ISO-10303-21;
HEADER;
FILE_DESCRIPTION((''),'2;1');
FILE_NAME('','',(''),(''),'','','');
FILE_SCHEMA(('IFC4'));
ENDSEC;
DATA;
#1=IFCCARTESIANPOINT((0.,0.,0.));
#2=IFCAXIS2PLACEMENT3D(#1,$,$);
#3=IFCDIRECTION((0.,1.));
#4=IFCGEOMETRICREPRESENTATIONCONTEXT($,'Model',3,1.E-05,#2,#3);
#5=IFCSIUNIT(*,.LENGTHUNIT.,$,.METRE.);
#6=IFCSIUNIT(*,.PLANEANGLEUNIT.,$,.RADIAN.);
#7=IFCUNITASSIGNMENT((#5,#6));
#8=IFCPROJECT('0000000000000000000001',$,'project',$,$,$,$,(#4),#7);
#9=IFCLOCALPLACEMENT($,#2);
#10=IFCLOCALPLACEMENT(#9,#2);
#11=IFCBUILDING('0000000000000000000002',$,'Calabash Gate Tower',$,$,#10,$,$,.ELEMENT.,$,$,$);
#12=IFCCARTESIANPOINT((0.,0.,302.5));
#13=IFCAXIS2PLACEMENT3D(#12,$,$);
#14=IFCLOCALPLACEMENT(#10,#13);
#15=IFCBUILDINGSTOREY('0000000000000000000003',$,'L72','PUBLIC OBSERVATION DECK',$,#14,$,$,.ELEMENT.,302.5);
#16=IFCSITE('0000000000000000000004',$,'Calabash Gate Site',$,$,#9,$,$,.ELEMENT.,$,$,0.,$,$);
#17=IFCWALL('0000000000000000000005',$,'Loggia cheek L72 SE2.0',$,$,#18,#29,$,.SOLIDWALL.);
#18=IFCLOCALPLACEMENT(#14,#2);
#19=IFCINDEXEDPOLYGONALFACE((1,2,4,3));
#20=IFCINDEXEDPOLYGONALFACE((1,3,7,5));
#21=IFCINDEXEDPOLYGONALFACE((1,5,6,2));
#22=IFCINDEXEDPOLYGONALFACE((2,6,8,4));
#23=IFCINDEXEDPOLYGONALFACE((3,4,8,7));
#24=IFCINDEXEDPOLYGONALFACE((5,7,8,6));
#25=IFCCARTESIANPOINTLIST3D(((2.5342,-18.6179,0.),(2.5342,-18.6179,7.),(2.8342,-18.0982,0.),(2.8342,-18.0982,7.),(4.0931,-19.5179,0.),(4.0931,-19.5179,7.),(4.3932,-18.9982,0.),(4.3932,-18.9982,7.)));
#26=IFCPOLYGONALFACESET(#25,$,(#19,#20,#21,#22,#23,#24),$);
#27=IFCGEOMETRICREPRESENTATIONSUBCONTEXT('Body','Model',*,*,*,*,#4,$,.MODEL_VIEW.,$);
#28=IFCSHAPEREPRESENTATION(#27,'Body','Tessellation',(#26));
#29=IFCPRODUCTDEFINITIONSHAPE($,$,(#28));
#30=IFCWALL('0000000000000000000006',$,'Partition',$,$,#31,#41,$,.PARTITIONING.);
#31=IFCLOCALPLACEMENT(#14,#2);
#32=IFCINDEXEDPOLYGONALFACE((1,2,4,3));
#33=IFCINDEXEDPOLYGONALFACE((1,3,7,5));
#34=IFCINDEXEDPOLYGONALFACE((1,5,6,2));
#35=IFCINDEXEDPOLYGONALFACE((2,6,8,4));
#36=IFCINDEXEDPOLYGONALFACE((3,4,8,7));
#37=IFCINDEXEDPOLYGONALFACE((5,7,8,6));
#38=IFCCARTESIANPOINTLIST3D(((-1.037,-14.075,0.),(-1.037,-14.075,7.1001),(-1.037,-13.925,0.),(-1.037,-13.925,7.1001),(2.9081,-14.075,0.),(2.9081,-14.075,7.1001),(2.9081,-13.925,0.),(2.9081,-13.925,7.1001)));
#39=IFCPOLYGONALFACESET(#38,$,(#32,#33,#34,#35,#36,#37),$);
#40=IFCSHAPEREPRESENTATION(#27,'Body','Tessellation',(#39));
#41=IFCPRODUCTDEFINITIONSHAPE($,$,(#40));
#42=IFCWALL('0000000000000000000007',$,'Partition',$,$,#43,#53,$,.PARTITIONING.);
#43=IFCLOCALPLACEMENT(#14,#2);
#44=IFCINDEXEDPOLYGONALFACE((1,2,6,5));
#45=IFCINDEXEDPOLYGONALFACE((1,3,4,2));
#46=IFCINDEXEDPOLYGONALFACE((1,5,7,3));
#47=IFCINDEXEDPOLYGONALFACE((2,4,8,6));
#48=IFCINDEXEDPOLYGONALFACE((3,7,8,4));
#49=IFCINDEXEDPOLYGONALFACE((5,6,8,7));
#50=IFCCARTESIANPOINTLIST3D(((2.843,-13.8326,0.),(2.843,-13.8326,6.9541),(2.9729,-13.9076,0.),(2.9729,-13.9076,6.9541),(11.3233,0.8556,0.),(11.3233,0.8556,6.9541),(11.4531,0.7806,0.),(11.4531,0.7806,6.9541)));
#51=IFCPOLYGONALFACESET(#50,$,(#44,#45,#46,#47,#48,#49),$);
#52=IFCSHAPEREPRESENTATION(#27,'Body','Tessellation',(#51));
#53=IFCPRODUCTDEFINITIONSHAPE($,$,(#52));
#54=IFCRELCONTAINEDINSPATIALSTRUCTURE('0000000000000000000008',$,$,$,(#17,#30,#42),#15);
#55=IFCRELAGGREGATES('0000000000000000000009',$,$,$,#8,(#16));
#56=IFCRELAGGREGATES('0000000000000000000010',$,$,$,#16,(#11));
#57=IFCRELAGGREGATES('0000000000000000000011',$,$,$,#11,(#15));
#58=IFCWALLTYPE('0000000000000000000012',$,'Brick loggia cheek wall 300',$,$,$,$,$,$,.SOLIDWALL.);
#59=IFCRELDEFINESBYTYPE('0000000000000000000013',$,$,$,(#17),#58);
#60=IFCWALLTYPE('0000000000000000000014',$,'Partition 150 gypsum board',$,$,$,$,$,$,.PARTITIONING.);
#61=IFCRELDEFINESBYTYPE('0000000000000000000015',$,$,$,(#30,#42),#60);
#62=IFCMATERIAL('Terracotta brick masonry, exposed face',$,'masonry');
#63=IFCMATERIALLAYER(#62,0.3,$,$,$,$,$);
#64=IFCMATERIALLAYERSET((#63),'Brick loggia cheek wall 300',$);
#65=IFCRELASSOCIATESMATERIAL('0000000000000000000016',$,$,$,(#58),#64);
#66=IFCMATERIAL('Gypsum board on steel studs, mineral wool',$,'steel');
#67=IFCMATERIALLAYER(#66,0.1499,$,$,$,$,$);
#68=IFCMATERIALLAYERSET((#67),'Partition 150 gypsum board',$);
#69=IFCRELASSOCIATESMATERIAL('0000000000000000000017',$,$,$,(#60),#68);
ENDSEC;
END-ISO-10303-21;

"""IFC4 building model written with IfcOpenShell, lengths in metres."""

from ifc_helpers import new_model, si_unit, direction, frame, frame_2d, origin, place, context, subcontext, project, spatial, rectangle, extrude, material, layer, layer_set, type_object, element, save


model = new_model("IFC4")

# Units and contexts
model_context = context("Model", 3, precision=1e-05, world=origin(), true_north=direction((0.0, 1.0)))
body_context = subcontext(model_context, "Body", "Model", "MODEL_VIEW")
ifc_project = project(units=[si_unit("LENGTHUNIT", "METRE"), si_unit("PLANEANGLEUNIT", "RADIAN")], contexts=[model_context])

# Site, building, storey
site_placement = place(None, origin())
site = spatial("IfcSite", under=ifc_project, at=site_placement, Name="Calabash Gate Site", CompositionType="ELEMENT", RefElevation=0.0)
building_placement = place(site_placement, origin())
building = spatial("IfcBuilding", under=site, at=building_placement, Name="Calabash Gate Tower", CompositionType="ELEMENT")
storey_placement = place(building_placement, frame((0.0, 0.0, 302.5)))
storey = spatial("IfcBuildingStorey", under=building, at=storey_placement, Name="L72", Description="PUBLIC OBSERVATION DECK", CompositionType="ELEMENT", Elevation=302.5)

# Walls
ifc_material_1 = material(Name="Terracotta brick masonry, exposed face", Category="masonry")
ifc_layer_1 = layer(ifc_material_1, 0.3)
ifc_layer_set_1 = layer_set([ifc_layer_1], Name="Brick loggia cheek wall 300")
wall_type_1 = type_object("IfcWallType", Name="Brick loggia cheek wall 300", PredefinedType="SOLIDWALL", material=ifc_layer_set_1)
wall_1_placement = place(storey_placement, frame((2.6843, -18.3582, 0.0), z_axis=(0.0, 0.0, 1.0), x_axis=(0.866048, -0.499961, 0.0)))
element("IfcWall", 1, at=wall_1_placement, inside=storey, type_object=wall_type_1, Name="Loggia cheek L72 SE2.0", PredefinedType="SOLIDWALL", context=body_context, shape_type="SweptSolid", body=[
    extrude(rectangle(XDim=1.8, YDim=0.6001, at=frame_2d((0.8999, 0.0))), origin(), (0.0, 0.0, 1.0), 7.0),
])
ifc_material_2 = material(Name="Gypsum board on steel studs, mineral wool", Category="steel")
ifc_layer_2 = layer(ifc_material_2, 0.1499)
ifc_layer_set_2 = layer_set([ifc_layer_2], Name="Partition 150 gypsum board")
wall_type_2 = type_object("IfcWallType", Name="Partition 150 gypsum board", PredefinedType="PARTITIONING", material=ifc_layer_set_2)
wall_2_placement = place(storey_placement, frame((-1.0371, -14.0, 0.0), z_axis=(0.0, 0.0, 1.0), x_axis=(1.0, 0.0, 0.0)))
element("IfcWall", 2, at=wall_2_placement, inside=storey, type_object=wall_type_2, Name="Partition", PredefinedType="PARTITIONING", context=body_context, shape_type="SweptSolid", body=[
    extrude(rectangle(XDim=3.9451, YDim=0.1499, at=frame_2d((1.9727, 0.0))), origin(), (0.0, 0.0, 1.0), 7.1001),
])
wall_3_placement = place(storey_placement, frame((2.908, -13.8701, 0.0), z_axis=(0.0, 0.0, 1.0), x_axis=(0.499999, 0.866026, 0.0)))
element("IfcWall", 3, at=wall_3_placement, inside=storey, type_object=wall_type_2, Name="Partition", PredefinedType="PARTITIONING", context=body_context, shape_type="SweptSolid", body=[
    extrude(rectangle(XDim=16.9604, YDim=0.1499, at=frame_2d((8.4802, 0.0))), origin(), (0.0, 0.0, 1.0), 6.9541),
])

save(model, "model.ifc")
